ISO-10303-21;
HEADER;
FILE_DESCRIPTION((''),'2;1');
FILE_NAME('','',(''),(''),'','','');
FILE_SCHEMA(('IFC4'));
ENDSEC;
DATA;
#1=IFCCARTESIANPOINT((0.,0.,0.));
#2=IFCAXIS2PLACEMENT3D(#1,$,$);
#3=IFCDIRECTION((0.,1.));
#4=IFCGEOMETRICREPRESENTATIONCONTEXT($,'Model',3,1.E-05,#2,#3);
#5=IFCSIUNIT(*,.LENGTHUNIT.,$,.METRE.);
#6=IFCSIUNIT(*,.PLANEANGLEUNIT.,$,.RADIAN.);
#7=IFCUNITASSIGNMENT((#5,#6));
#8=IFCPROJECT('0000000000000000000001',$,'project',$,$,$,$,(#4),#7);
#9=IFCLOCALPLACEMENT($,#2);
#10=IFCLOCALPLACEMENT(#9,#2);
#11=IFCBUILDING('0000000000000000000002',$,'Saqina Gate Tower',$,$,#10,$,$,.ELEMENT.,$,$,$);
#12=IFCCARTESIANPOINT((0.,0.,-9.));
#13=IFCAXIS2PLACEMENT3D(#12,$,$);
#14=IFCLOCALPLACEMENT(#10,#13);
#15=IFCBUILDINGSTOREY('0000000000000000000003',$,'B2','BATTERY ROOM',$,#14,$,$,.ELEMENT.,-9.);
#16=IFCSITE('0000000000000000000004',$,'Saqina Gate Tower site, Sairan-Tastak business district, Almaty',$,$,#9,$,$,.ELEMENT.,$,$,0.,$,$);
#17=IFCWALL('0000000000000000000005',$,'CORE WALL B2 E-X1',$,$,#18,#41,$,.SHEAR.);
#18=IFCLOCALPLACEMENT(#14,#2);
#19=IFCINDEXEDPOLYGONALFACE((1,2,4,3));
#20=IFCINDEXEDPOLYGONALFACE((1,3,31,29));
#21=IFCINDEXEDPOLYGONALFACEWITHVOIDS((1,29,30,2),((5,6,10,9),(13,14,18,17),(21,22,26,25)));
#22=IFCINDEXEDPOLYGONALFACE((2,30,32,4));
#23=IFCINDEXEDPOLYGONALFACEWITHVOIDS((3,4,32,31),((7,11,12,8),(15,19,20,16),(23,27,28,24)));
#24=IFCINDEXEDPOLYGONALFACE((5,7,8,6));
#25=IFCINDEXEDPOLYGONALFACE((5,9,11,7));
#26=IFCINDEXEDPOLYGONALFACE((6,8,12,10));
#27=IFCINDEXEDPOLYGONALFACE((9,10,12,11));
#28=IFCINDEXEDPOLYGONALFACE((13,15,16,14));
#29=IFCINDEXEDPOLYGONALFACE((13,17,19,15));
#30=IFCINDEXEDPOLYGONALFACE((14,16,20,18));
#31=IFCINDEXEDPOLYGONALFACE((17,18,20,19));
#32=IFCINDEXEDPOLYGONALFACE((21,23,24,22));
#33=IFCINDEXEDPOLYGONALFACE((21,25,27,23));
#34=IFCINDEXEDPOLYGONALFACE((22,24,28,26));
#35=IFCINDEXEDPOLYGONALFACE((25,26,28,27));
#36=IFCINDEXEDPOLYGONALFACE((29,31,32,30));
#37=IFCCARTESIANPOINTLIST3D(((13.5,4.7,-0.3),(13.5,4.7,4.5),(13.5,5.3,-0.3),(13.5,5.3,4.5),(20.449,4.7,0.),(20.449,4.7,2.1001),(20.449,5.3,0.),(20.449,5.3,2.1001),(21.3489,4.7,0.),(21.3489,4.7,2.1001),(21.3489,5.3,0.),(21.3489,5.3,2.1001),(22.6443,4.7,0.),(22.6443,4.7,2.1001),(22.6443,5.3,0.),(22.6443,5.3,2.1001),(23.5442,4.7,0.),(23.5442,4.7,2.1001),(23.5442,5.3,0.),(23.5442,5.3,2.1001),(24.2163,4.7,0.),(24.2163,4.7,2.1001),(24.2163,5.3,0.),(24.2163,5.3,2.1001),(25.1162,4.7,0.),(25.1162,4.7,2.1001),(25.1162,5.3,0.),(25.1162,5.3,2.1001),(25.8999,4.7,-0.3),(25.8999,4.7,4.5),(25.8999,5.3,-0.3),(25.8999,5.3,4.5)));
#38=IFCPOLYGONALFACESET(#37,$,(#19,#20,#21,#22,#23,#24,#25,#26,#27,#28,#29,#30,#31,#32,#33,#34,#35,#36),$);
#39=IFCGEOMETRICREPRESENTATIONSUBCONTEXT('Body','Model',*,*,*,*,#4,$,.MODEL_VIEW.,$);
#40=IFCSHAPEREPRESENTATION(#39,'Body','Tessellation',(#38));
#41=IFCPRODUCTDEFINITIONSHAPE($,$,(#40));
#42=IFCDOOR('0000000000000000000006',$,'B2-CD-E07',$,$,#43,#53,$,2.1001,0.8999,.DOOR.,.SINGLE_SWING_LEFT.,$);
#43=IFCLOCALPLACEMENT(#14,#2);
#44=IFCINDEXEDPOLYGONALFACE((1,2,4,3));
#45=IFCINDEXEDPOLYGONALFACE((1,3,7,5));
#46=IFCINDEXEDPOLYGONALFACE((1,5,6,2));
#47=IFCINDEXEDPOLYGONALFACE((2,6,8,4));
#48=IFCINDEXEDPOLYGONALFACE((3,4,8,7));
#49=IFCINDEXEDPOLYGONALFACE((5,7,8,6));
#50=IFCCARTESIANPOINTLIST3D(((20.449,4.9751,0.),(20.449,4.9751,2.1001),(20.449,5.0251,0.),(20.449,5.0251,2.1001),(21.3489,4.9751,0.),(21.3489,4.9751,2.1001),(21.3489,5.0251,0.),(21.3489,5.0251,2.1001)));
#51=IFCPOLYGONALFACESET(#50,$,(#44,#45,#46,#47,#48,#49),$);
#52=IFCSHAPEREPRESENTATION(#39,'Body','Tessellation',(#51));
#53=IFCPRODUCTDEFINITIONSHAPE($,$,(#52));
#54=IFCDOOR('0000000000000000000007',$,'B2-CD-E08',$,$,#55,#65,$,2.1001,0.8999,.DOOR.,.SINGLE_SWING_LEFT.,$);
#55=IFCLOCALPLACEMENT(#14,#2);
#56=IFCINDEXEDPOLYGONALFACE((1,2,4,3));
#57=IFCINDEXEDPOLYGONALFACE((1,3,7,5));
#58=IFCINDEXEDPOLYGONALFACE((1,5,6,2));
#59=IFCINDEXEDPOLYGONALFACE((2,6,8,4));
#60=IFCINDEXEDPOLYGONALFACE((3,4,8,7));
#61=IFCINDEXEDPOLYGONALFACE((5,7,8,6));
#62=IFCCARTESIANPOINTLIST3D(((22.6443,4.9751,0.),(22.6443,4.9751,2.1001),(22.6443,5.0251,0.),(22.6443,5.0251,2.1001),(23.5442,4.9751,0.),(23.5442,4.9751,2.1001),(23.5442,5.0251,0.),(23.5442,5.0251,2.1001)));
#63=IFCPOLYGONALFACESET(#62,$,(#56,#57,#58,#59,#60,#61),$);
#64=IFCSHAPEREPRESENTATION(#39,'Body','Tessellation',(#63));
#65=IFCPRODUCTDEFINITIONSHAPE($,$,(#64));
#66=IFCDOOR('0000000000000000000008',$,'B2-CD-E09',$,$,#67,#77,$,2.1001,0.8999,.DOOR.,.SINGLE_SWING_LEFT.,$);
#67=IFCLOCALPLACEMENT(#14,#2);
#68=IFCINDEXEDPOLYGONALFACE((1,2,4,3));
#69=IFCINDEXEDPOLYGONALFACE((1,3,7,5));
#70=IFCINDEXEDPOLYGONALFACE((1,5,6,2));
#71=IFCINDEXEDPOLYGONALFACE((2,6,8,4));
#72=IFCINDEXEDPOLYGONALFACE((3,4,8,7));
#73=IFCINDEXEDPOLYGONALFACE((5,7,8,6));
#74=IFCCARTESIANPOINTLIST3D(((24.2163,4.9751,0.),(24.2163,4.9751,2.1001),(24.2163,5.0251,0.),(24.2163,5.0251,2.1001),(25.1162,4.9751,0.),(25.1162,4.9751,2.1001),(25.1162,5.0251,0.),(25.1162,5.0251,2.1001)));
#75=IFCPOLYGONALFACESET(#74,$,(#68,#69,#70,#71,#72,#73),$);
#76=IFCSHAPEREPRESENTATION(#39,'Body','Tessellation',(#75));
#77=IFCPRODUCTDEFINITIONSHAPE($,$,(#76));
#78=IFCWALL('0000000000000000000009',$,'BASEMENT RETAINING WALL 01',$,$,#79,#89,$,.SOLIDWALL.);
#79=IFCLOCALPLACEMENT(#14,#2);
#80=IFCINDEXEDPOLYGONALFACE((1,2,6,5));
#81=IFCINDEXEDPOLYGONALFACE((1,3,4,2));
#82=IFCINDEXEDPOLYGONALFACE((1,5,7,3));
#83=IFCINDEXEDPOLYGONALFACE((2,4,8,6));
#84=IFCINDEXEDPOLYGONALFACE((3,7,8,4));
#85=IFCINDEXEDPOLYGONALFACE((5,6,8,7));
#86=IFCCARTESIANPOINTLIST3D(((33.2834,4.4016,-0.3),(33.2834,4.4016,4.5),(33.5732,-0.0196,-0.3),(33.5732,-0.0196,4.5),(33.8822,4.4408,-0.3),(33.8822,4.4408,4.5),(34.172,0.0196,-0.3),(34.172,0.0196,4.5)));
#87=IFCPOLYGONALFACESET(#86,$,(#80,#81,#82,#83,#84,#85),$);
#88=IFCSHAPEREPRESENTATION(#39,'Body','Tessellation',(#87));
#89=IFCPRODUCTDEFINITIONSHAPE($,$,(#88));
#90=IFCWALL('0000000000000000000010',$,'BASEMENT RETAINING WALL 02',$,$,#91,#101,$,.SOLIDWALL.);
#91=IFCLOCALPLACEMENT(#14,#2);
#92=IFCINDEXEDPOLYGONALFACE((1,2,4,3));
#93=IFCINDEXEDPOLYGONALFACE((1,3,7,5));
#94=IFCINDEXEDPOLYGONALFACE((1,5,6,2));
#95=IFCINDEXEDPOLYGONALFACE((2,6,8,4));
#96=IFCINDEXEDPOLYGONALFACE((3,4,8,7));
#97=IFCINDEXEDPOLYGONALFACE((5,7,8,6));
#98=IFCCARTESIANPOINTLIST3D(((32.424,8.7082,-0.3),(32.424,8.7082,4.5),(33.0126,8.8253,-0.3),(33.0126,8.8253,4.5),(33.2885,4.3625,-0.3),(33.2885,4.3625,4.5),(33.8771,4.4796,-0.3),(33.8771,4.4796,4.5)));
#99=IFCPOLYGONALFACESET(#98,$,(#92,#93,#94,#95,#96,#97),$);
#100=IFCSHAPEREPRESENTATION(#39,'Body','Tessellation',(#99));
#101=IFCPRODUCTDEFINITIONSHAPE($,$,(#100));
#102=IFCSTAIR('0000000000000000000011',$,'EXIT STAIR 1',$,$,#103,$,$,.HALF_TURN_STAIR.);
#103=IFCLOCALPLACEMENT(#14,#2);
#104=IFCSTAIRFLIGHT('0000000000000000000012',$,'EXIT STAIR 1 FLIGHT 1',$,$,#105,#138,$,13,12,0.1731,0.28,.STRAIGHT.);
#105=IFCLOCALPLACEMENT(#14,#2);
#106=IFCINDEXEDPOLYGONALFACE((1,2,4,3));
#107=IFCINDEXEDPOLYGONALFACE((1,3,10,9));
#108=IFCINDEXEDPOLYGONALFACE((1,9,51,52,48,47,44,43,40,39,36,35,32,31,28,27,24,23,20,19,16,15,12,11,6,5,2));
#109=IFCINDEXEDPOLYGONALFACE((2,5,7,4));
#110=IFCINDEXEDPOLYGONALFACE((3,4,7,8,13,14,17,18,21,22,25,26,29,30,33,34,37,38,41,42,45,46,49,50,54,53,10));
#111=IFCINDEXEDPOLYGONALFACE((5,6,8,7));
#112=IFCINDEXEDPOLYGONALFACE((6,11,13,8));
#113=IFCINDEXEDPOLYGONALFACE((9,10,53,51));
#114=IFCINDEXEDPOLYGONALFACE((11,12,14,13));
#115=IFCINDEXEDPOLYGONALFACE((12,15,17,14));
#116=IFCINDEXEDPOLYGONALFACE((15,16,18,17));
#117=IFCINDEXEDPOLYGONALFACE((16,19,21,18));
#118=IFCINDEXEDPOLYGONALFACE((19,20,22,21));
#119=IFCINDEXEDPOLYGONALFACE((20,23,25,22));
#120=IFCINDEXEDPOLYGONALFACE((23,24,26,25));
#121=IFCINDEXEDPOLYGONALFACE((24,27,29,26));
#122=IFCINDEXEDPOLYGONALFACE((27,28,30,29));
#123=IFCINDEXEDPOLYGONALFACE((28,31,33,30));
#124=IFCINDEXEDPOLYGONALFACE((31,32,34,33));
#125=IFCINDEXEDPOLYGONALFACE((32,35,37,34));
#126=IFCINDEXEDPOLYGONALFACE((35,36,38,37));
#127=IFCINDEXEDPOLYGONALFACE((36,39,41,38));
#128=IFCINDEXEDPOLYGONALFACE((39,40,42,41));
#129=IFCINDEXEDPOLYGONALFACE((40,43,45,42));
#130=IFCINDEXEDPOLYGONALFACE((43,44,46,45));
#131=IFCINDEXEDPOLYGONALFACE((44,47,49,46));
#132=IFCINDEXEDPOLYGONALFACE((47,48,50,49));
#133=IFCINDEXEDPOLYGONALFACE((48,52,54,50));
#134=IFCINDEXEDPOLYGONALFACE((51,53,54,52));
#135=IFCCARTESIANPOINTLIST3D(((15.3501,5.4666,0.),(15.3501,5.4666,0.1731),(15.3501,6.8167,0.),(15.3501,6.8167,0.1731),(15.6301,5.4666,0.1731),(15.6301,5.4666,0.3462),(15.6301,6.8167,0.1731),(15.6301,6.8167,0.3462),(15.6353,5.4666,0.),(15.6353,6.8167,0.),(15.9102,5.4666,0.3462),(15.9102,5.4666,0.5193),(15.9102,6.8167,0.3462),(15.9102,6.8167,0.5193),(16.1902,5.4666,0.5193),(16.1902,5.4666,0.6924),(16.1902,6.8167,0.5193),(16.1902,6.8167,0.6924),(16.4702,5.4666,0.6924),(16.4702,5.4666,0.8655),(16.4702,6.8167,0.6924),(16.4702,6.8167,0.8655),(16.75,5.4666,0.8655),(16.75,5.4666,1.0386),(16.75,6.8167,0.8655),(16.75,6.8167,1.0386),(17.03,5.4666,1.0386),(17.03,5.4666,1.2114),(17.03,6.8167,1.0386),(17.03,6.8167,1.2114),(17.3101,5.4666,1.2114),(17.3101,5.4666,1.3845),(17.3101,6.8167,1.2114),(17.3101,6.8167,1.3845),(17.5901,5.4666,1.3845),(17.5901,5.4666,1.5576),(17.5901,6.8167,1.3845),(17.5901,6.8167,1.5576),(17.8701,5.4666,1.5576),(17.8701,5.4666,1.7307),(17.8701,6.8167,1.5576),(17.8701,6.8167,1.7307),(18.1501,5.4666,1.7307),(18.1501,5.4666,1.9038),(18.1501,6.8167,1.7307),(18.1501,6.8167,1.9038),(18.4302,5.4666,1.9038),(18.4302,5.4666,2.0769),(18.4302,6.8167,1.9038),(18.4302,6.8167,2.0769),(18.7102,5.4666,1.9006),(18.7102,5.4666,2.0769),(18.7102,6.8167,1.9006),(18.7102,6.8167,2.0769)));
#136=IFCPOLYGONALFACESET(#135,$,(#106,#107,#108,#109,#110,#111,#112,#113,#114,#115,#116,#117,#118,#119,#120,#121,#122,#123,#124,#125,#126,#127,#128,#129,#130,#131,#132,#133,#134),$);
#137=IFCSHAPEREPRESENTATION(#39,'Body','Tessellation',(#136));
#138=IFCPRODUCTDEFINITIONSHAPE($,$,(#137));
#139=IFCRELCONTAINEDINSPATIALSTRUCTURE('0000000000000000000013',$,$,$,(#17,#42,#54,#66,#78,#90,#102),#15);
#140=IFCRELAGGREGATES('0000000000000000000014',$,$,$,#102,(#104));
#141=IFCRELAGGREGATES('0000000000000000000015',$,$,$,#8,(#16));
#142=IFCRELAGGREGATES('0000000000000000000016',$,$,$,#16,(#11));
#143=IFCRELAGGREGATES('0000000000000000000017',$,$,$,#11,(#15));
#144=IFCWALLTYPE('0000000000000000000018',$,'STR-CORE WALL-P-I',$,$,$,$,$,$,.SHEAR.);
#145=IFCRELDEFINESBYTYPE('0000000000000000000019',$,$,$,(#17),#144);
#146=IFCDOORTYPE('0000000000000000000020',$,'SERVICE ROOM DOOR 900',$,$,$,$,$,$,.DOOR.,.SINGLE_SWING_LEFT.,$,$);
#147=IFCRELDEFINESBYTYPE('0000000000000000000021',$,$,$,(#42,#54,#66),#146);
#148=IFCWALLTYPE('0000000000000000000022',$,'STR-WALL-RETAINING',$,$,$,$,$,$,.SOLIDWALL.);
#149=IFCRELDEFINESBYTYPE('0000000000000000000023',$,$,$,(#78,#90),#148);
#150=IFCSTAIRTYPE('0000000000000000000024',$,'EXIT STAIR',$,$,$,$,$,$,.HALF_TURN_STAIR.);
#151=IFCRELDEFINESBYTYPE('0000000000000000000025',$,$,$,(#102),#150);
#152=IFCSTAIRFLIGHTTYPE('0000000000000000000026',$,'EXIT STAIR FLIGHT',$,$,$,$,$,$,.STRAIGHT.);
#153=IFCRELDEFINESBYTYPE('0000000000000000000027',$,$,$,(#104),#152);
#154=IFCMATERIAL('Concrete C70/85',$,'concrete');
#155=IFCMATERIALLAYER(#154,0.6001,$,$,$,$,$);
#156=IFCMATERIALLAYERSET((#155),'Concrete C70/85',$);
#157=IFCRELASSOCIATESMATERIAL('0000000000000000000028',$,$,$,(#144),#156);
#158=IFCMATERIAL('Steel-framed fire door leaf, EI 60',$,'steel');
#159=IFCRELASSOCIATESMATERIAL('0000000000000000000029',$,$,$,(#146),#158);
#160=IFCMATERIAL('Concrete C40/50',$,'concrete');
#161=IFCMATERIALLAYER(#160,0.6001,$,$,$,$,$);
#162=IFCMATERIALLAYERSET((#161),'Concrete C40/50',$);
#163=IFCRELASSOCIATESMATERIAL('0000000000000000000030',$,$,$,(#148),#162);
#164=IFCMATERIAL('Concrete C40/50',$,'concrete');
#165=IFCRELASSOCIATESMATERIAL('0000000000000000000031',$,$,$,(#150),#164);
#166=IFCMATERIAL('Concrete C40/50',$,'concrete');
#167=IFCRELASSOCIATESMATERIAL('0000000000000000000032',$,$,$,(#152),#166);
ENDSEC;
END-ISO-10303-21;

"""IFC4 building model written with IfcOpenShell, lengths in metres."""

from ifc_helpers import new_model, si_unit, direction, frame, frame_2d, origin, place, context, subcontext, project, spatial, polyline, rectangle, outline, extrude, material, layer, layer_set, type_object, element, fill, aggregate, save


model = new_model("IFC4")

# Units and contexts
model_context = context("Model", 3, precision=1e-05, world=origin(), true_north=direction((0.0, 1.0)))
body_context = subcontext(model_context, "Body", "Model", "MODEL_VIEW")
ifc_project = project(units=[si_unit("LENGTHUNIT", "METRE"), si_unit("PLANEANGLEUNIT", "RADIAN")], contexts=[model_context])

# Site, building, storey
site_placement = place(None, origin())
site = spatial("IfcSite", under=ifc_project, at=site_placement, Name="Saqina Gate Tower site, Sairan-Tastak business district, Almaty", CompositionType="ELEMENT", RefElevation=0.0)
building_placement = place(site_placement, origin())
building = spatial("IfcBuilding", under=site, at=building_placement, Name="Saqina Gate Tower", CompositionType="ELEMENT")
storey_placement = place(building_placement, frame((0.0, 0.0, -9.0)))
storey = spatial("IfcBuildingStorey", under=building, at=storey_placement, Name="B2", Description="BATTERY ROOM", CompositionType="ELEMENT", Elevation=-9.0)

# Wall, openings, doors
ifc_material_1 = material(Name="Concrete C70/85", Category="concrete")
ifc_layer_1 = layer(ifc_material_1, 0.6001)
ifc_layer_set_1 = layer_set([ifc_layer_1], Name="Concrete C70/85")
wall_type_1 = type_object("IfcWallType", Name="STR-CORE WALL-P-I", PredefinedType="SHEAR", material=ifc_layer_set_1)
wall_1_placement = place(storey_placement, frame((13.5, 5.0, -0.3), z_axis=(0.0, 0.0, 1.0), x_axis=(1.0, 0.0, 0.0)))
wall_1 = element("IfcWall", 1, at=wall_1_placement, inside=storey, type_object=wall_type_1, Name="CORE WALL B2 E-X1", PredefinedType="SHEAR", context=body_context, shape_type="SweptSolid", body=[
    extrude(rectangle(XDim=12.3999, YDim=0.6001, at=frame_2d((6.2, 0.0))), origin(), (0.0, 0.0, 1.0), 4.8),
])
opening_1_placement = place(wall_1_placement, frame((6.949, 0.0, 0.3)))
opening_1 = element("IfcOpeningElement", 2, at=opening_1_placement, cuts=wall_1, PredefinedType="OPENING", context=body_context, shape_type="SweptSolid", body=[
    extrude(rectangle(XDim=0.8999, YDim=2.1001, at=frame_2d((0.45, 1.05))), frame((0.0, 0.312, 0.0), z_axis=(0.0, -1.0, 0.0), x_axis=(1.0, 0.0, 0.0)), (0.0, 0.0, 1.0), 0.624),
])
opening_2_placement = place(wall_1_placement, frame((9.1443, 0.0, 0.3)))
opening_2 = element("IfcOpeningElement", 3, at=opening_2_placement, cuts=wall_1, PredefinedType="OPENING", context=body_context, shape_type="SweptSolid", body=[
    extrude(rectangle(XDim=0.8999, YDim=2.1001, at=frame_2d((0.45, 1.05))), frame((0.0, 0.312, 0.0), z_axis=(0.0, -1.0, 0.0), x_axis=(1.0, 0.0, 0.0)), (0.0, 0.0, 1.0), 0.624),
])
opening_3_placement = place(wall_1_placement, frame((10.7163, 0.0, 0.3)))
opening_3 = element("IfcOpeningElement", 4, at=opening_3_placement, cuts=wall_1, PredefinedType="OPENING", context=body_context, shape_type="SweptSolid", body=[
    extrude(rectangle(XDim=0.8999, YDim=2.1001, at=frame_2d((0.45, 1.05))), frame((0.0, 0.312, 0.0), z_axis=(0.0, -1.0, 0.0), x_axis=(1.0, 0.0, 0.0)), (0.0, 0.0, 1.0), 0.624),
])
ifc_material_2 = material(Name="Steel-framed fire door leaf, EI 60", Category="steel")
door_type_1 = type_object("IfcDoorType", Name="SERVICE ROOM DOOR 900", OperationType="SINGLE_SWING_LEFT", PredefinedType="DOOR", material=ifc_material_2)
door_1_placement = place(opening_1_placement, frame((0.8999, 0.0, 0.0), z_axis=(0.0, 0.0, 1.0), x_axis=(-1.0, 0.0, 0.0)))
door_1 = element("IfcDoor", 5, at=door_1_placement, inside=storey, type_object=door_type_1, Name="B2-CD-E07", OperationType="SINGLE_SWING_LEFT", OverallHeight=2.1001, OverallWidth=0.8999, PredefinedType="DOOR", context=body_context, shape_type="SweptSolid", body=[
    extrude(rectangle(XDim=0.8999, YDim=2.1001, at=frame_2d((0.45, 1.05))), frame((0.0, 0.0249, 0.0), z_axis=(0.0, -1.0, 0.0), x_axis=(1.0, 0.0, 0.0)), (0.0, 0.0, 1.0), 0.05),
])
fill(opening_1, door_1)
door_2_placement = place(opening_2_placement, frame((0.8999, 0.0, 0.0), z_axis=(0.0, 0.0, 1.0), x_axis=(-1.0, 0.0, 0.0)))
door_2 = element("IfcDoor", 6, at=door_2_placement, inside=storey, type_object=door_type_1, Name="B2-CD-E08", OperationType="SINGLE_SWING_LEFT", OverallHeight=2.1001, OverallWidth=0.8999, PredefinedType="DOOR", context=body_context, shape_type="SweptSolid", body=[
    extrude(rectangle(XDim=0.8999, YDim=2.1001, at=frame_2d((0.45, 1.05))), frame((0.0, 0.0249, 0.0), z_axis=(0.0, -1.0, 0.0), x_axis=(1.0, 0.0, 0.0)), (0.0, 0.0, 1.0), 0.05),
])
fill(opening_2, door_2)
door_3_placement = place(opening_3_placement, frame((0.8999, 0.0, 0.0), z_axis=(0.0, 0.0, 1.0), x_axis=(-1.0, 0.0, 0.0)))
door_3 = element("IfcDoor", 7, at=door_3_placement, inside=storey, type_object=door_type_1, Name="B2-CD-E09", OperationType="SINGLE_SWING_LEFT", OverallHeight=2.1001, OverallWidth=0.8999, PredefinedType="DOOR", context=body_context, shape_type="SweptSolid", body=[
    extrude(rectangle(XDim=0.8999, YDim=2.1001, at=frame_2d((0.45, 1.05))), frame((0.0, 0.0249, 0.0), z_axis=(0.0, -1.0, 0.0), x_axis=(1.0, 0.0, 0.0)), (0.0, 0.0, 1.0), 0.05),
])
fill(opening_3, door_3)

# Walls
ifc_material_3 = material(Name="Concrete C40/50", Category="concrete")
ifc_layer_2 = layer(ifc_material_3, 0.6001)
ifc_layer_set_2 = layer_set([ifc_layer_2], Name="Concrete C40/50")
wall_type_2 = type_object("IfcWallType", Name="STR-WALL-RETAINING", PredefinedType="SOLIDWALL", material=ifc_layer_set_2)
wall_2_placement = place(storey_placement, frame((33.8726, 0.0, -0.3), z_axis=(0.0, 0.0, 1.0), x_axis=(-0.065407, 0.997859, 0.0)))
element("IfcWall", 8, at=wall_2_placement, inside=storey, type_object=wall_type_2, Name="BASEMENT RETAINING WALL 01", PredefinedType="SOLIDWALL", context=body_context, shape_type="SweptSolid", body=[
    extrude(rectangle(XDim=4.4307, YDim=0.6001, at=frame_2d((2.2153, 0.0))), origin(), (0.0, 0.0, 1.0), 4.8),
])
wall_3_placement = place(storey_placement, frame((33.5828, 4.4211, -0.3), z_axis=(0.0, 0.0, 1.0), x_axis=(-0.195109, 0.980781, 0.0)))
element("IfcWall", 9, at=wall_3_placement, inside=storey, type_object=wall_type_2, Name="BASEMENT RETAINING WALL 02", PredefinedType="SOLIDWALL", context=body_context, shape_type="SweptSolid", body=[
    extrude(rectangle(XDim=4.4309, YDim=0.6001, at=frame_2d((2.2153, 0.0))), origin(), (0.0, 0.0, 1.0), 4.8),
])

# Stair, stair flight
ifc_material_4 = material(Name="Concrete C40/50", Category="concrete")
stair_type = type_object("IfcStairType", Name="EXIT STAIR", PredefinedType="HALF_TURN_STAIR", material=ifc_material_4)
stair_placement = place(storey_placement, origin())
stair = element("IfcStair", 10, at=stair_placement, inside=storey, type_object=stair_type, Name="EXIT STAIR 1", PredefinedType="HALF_TURN_STAIR")
ifc_material_5 = material(Name="Concrete C40/50", Category="concrete")
stair_flight_type = type_object("IfcStairFlightType", Name="EXIT STAIR FLIGHT", PredefinedType="STRAIGHT", material=ifc_material_5)
stair_flight_1_placement = place(storey_placement, frame((15.3501, 6.1416, 0.0), z_axis=(0.0, 0.0, 1.0), x_axis=(1.0, 0.0, 0.0)))
stair_flight_1 = element("IfcStairFlight", 11, at=stair_flight_1_placement, type_object=stair_flight_type, Name="EXIT STAIR 1 FLIGHT 1", NumberOfRisers=13, NumberOfTreads=12, PredefinedType="STRAIGHT", RiserHeight=0.1731, TreadLength=0.28, context=body_context, shape_type="SweptSolid", body=[
    extrude(outline(polyline([(0.0, 0.0), (0.0, 0.1731), (0.28, 0.1731), (0.28, 0.3462), (0.5601, 0.3462), (0.5601, 0.5193), (0.8401, 0.5193), (0.8401, 0.6924), (1.1201, 0.6924), (1.1201, 0.8655), (1.3999, 0.8655), (1.3999, 1.0386), (1.6799, 1.0386), (1.6799, 1.2114), (1.96, 1.2114), (1.96, 1.3845), (2.24, 1.3845), (2.24, 1.5576), (2.52, 1.5576), (2.52, 1.7307), (2.8, 1.7307), (2.8, 1.9038), (3.0801, 1.9038), (3.0801, 2.0769), (3.3601, 2.0769), (3.3601, 2.25), (3.3601, 1.9006), (0.2852, 0.0), (0.0, 0.0)])), frame((0.0, 0.675, 0.0), z_axis=(0.0, -1.0, 0.0), x_axis=(1.0, 0.0, 0.0)), (0.0, 0.0, 1.0), 1.3501),
])
aggregate(stair, [stair_flight_1])

save(model, "model.ifc")
